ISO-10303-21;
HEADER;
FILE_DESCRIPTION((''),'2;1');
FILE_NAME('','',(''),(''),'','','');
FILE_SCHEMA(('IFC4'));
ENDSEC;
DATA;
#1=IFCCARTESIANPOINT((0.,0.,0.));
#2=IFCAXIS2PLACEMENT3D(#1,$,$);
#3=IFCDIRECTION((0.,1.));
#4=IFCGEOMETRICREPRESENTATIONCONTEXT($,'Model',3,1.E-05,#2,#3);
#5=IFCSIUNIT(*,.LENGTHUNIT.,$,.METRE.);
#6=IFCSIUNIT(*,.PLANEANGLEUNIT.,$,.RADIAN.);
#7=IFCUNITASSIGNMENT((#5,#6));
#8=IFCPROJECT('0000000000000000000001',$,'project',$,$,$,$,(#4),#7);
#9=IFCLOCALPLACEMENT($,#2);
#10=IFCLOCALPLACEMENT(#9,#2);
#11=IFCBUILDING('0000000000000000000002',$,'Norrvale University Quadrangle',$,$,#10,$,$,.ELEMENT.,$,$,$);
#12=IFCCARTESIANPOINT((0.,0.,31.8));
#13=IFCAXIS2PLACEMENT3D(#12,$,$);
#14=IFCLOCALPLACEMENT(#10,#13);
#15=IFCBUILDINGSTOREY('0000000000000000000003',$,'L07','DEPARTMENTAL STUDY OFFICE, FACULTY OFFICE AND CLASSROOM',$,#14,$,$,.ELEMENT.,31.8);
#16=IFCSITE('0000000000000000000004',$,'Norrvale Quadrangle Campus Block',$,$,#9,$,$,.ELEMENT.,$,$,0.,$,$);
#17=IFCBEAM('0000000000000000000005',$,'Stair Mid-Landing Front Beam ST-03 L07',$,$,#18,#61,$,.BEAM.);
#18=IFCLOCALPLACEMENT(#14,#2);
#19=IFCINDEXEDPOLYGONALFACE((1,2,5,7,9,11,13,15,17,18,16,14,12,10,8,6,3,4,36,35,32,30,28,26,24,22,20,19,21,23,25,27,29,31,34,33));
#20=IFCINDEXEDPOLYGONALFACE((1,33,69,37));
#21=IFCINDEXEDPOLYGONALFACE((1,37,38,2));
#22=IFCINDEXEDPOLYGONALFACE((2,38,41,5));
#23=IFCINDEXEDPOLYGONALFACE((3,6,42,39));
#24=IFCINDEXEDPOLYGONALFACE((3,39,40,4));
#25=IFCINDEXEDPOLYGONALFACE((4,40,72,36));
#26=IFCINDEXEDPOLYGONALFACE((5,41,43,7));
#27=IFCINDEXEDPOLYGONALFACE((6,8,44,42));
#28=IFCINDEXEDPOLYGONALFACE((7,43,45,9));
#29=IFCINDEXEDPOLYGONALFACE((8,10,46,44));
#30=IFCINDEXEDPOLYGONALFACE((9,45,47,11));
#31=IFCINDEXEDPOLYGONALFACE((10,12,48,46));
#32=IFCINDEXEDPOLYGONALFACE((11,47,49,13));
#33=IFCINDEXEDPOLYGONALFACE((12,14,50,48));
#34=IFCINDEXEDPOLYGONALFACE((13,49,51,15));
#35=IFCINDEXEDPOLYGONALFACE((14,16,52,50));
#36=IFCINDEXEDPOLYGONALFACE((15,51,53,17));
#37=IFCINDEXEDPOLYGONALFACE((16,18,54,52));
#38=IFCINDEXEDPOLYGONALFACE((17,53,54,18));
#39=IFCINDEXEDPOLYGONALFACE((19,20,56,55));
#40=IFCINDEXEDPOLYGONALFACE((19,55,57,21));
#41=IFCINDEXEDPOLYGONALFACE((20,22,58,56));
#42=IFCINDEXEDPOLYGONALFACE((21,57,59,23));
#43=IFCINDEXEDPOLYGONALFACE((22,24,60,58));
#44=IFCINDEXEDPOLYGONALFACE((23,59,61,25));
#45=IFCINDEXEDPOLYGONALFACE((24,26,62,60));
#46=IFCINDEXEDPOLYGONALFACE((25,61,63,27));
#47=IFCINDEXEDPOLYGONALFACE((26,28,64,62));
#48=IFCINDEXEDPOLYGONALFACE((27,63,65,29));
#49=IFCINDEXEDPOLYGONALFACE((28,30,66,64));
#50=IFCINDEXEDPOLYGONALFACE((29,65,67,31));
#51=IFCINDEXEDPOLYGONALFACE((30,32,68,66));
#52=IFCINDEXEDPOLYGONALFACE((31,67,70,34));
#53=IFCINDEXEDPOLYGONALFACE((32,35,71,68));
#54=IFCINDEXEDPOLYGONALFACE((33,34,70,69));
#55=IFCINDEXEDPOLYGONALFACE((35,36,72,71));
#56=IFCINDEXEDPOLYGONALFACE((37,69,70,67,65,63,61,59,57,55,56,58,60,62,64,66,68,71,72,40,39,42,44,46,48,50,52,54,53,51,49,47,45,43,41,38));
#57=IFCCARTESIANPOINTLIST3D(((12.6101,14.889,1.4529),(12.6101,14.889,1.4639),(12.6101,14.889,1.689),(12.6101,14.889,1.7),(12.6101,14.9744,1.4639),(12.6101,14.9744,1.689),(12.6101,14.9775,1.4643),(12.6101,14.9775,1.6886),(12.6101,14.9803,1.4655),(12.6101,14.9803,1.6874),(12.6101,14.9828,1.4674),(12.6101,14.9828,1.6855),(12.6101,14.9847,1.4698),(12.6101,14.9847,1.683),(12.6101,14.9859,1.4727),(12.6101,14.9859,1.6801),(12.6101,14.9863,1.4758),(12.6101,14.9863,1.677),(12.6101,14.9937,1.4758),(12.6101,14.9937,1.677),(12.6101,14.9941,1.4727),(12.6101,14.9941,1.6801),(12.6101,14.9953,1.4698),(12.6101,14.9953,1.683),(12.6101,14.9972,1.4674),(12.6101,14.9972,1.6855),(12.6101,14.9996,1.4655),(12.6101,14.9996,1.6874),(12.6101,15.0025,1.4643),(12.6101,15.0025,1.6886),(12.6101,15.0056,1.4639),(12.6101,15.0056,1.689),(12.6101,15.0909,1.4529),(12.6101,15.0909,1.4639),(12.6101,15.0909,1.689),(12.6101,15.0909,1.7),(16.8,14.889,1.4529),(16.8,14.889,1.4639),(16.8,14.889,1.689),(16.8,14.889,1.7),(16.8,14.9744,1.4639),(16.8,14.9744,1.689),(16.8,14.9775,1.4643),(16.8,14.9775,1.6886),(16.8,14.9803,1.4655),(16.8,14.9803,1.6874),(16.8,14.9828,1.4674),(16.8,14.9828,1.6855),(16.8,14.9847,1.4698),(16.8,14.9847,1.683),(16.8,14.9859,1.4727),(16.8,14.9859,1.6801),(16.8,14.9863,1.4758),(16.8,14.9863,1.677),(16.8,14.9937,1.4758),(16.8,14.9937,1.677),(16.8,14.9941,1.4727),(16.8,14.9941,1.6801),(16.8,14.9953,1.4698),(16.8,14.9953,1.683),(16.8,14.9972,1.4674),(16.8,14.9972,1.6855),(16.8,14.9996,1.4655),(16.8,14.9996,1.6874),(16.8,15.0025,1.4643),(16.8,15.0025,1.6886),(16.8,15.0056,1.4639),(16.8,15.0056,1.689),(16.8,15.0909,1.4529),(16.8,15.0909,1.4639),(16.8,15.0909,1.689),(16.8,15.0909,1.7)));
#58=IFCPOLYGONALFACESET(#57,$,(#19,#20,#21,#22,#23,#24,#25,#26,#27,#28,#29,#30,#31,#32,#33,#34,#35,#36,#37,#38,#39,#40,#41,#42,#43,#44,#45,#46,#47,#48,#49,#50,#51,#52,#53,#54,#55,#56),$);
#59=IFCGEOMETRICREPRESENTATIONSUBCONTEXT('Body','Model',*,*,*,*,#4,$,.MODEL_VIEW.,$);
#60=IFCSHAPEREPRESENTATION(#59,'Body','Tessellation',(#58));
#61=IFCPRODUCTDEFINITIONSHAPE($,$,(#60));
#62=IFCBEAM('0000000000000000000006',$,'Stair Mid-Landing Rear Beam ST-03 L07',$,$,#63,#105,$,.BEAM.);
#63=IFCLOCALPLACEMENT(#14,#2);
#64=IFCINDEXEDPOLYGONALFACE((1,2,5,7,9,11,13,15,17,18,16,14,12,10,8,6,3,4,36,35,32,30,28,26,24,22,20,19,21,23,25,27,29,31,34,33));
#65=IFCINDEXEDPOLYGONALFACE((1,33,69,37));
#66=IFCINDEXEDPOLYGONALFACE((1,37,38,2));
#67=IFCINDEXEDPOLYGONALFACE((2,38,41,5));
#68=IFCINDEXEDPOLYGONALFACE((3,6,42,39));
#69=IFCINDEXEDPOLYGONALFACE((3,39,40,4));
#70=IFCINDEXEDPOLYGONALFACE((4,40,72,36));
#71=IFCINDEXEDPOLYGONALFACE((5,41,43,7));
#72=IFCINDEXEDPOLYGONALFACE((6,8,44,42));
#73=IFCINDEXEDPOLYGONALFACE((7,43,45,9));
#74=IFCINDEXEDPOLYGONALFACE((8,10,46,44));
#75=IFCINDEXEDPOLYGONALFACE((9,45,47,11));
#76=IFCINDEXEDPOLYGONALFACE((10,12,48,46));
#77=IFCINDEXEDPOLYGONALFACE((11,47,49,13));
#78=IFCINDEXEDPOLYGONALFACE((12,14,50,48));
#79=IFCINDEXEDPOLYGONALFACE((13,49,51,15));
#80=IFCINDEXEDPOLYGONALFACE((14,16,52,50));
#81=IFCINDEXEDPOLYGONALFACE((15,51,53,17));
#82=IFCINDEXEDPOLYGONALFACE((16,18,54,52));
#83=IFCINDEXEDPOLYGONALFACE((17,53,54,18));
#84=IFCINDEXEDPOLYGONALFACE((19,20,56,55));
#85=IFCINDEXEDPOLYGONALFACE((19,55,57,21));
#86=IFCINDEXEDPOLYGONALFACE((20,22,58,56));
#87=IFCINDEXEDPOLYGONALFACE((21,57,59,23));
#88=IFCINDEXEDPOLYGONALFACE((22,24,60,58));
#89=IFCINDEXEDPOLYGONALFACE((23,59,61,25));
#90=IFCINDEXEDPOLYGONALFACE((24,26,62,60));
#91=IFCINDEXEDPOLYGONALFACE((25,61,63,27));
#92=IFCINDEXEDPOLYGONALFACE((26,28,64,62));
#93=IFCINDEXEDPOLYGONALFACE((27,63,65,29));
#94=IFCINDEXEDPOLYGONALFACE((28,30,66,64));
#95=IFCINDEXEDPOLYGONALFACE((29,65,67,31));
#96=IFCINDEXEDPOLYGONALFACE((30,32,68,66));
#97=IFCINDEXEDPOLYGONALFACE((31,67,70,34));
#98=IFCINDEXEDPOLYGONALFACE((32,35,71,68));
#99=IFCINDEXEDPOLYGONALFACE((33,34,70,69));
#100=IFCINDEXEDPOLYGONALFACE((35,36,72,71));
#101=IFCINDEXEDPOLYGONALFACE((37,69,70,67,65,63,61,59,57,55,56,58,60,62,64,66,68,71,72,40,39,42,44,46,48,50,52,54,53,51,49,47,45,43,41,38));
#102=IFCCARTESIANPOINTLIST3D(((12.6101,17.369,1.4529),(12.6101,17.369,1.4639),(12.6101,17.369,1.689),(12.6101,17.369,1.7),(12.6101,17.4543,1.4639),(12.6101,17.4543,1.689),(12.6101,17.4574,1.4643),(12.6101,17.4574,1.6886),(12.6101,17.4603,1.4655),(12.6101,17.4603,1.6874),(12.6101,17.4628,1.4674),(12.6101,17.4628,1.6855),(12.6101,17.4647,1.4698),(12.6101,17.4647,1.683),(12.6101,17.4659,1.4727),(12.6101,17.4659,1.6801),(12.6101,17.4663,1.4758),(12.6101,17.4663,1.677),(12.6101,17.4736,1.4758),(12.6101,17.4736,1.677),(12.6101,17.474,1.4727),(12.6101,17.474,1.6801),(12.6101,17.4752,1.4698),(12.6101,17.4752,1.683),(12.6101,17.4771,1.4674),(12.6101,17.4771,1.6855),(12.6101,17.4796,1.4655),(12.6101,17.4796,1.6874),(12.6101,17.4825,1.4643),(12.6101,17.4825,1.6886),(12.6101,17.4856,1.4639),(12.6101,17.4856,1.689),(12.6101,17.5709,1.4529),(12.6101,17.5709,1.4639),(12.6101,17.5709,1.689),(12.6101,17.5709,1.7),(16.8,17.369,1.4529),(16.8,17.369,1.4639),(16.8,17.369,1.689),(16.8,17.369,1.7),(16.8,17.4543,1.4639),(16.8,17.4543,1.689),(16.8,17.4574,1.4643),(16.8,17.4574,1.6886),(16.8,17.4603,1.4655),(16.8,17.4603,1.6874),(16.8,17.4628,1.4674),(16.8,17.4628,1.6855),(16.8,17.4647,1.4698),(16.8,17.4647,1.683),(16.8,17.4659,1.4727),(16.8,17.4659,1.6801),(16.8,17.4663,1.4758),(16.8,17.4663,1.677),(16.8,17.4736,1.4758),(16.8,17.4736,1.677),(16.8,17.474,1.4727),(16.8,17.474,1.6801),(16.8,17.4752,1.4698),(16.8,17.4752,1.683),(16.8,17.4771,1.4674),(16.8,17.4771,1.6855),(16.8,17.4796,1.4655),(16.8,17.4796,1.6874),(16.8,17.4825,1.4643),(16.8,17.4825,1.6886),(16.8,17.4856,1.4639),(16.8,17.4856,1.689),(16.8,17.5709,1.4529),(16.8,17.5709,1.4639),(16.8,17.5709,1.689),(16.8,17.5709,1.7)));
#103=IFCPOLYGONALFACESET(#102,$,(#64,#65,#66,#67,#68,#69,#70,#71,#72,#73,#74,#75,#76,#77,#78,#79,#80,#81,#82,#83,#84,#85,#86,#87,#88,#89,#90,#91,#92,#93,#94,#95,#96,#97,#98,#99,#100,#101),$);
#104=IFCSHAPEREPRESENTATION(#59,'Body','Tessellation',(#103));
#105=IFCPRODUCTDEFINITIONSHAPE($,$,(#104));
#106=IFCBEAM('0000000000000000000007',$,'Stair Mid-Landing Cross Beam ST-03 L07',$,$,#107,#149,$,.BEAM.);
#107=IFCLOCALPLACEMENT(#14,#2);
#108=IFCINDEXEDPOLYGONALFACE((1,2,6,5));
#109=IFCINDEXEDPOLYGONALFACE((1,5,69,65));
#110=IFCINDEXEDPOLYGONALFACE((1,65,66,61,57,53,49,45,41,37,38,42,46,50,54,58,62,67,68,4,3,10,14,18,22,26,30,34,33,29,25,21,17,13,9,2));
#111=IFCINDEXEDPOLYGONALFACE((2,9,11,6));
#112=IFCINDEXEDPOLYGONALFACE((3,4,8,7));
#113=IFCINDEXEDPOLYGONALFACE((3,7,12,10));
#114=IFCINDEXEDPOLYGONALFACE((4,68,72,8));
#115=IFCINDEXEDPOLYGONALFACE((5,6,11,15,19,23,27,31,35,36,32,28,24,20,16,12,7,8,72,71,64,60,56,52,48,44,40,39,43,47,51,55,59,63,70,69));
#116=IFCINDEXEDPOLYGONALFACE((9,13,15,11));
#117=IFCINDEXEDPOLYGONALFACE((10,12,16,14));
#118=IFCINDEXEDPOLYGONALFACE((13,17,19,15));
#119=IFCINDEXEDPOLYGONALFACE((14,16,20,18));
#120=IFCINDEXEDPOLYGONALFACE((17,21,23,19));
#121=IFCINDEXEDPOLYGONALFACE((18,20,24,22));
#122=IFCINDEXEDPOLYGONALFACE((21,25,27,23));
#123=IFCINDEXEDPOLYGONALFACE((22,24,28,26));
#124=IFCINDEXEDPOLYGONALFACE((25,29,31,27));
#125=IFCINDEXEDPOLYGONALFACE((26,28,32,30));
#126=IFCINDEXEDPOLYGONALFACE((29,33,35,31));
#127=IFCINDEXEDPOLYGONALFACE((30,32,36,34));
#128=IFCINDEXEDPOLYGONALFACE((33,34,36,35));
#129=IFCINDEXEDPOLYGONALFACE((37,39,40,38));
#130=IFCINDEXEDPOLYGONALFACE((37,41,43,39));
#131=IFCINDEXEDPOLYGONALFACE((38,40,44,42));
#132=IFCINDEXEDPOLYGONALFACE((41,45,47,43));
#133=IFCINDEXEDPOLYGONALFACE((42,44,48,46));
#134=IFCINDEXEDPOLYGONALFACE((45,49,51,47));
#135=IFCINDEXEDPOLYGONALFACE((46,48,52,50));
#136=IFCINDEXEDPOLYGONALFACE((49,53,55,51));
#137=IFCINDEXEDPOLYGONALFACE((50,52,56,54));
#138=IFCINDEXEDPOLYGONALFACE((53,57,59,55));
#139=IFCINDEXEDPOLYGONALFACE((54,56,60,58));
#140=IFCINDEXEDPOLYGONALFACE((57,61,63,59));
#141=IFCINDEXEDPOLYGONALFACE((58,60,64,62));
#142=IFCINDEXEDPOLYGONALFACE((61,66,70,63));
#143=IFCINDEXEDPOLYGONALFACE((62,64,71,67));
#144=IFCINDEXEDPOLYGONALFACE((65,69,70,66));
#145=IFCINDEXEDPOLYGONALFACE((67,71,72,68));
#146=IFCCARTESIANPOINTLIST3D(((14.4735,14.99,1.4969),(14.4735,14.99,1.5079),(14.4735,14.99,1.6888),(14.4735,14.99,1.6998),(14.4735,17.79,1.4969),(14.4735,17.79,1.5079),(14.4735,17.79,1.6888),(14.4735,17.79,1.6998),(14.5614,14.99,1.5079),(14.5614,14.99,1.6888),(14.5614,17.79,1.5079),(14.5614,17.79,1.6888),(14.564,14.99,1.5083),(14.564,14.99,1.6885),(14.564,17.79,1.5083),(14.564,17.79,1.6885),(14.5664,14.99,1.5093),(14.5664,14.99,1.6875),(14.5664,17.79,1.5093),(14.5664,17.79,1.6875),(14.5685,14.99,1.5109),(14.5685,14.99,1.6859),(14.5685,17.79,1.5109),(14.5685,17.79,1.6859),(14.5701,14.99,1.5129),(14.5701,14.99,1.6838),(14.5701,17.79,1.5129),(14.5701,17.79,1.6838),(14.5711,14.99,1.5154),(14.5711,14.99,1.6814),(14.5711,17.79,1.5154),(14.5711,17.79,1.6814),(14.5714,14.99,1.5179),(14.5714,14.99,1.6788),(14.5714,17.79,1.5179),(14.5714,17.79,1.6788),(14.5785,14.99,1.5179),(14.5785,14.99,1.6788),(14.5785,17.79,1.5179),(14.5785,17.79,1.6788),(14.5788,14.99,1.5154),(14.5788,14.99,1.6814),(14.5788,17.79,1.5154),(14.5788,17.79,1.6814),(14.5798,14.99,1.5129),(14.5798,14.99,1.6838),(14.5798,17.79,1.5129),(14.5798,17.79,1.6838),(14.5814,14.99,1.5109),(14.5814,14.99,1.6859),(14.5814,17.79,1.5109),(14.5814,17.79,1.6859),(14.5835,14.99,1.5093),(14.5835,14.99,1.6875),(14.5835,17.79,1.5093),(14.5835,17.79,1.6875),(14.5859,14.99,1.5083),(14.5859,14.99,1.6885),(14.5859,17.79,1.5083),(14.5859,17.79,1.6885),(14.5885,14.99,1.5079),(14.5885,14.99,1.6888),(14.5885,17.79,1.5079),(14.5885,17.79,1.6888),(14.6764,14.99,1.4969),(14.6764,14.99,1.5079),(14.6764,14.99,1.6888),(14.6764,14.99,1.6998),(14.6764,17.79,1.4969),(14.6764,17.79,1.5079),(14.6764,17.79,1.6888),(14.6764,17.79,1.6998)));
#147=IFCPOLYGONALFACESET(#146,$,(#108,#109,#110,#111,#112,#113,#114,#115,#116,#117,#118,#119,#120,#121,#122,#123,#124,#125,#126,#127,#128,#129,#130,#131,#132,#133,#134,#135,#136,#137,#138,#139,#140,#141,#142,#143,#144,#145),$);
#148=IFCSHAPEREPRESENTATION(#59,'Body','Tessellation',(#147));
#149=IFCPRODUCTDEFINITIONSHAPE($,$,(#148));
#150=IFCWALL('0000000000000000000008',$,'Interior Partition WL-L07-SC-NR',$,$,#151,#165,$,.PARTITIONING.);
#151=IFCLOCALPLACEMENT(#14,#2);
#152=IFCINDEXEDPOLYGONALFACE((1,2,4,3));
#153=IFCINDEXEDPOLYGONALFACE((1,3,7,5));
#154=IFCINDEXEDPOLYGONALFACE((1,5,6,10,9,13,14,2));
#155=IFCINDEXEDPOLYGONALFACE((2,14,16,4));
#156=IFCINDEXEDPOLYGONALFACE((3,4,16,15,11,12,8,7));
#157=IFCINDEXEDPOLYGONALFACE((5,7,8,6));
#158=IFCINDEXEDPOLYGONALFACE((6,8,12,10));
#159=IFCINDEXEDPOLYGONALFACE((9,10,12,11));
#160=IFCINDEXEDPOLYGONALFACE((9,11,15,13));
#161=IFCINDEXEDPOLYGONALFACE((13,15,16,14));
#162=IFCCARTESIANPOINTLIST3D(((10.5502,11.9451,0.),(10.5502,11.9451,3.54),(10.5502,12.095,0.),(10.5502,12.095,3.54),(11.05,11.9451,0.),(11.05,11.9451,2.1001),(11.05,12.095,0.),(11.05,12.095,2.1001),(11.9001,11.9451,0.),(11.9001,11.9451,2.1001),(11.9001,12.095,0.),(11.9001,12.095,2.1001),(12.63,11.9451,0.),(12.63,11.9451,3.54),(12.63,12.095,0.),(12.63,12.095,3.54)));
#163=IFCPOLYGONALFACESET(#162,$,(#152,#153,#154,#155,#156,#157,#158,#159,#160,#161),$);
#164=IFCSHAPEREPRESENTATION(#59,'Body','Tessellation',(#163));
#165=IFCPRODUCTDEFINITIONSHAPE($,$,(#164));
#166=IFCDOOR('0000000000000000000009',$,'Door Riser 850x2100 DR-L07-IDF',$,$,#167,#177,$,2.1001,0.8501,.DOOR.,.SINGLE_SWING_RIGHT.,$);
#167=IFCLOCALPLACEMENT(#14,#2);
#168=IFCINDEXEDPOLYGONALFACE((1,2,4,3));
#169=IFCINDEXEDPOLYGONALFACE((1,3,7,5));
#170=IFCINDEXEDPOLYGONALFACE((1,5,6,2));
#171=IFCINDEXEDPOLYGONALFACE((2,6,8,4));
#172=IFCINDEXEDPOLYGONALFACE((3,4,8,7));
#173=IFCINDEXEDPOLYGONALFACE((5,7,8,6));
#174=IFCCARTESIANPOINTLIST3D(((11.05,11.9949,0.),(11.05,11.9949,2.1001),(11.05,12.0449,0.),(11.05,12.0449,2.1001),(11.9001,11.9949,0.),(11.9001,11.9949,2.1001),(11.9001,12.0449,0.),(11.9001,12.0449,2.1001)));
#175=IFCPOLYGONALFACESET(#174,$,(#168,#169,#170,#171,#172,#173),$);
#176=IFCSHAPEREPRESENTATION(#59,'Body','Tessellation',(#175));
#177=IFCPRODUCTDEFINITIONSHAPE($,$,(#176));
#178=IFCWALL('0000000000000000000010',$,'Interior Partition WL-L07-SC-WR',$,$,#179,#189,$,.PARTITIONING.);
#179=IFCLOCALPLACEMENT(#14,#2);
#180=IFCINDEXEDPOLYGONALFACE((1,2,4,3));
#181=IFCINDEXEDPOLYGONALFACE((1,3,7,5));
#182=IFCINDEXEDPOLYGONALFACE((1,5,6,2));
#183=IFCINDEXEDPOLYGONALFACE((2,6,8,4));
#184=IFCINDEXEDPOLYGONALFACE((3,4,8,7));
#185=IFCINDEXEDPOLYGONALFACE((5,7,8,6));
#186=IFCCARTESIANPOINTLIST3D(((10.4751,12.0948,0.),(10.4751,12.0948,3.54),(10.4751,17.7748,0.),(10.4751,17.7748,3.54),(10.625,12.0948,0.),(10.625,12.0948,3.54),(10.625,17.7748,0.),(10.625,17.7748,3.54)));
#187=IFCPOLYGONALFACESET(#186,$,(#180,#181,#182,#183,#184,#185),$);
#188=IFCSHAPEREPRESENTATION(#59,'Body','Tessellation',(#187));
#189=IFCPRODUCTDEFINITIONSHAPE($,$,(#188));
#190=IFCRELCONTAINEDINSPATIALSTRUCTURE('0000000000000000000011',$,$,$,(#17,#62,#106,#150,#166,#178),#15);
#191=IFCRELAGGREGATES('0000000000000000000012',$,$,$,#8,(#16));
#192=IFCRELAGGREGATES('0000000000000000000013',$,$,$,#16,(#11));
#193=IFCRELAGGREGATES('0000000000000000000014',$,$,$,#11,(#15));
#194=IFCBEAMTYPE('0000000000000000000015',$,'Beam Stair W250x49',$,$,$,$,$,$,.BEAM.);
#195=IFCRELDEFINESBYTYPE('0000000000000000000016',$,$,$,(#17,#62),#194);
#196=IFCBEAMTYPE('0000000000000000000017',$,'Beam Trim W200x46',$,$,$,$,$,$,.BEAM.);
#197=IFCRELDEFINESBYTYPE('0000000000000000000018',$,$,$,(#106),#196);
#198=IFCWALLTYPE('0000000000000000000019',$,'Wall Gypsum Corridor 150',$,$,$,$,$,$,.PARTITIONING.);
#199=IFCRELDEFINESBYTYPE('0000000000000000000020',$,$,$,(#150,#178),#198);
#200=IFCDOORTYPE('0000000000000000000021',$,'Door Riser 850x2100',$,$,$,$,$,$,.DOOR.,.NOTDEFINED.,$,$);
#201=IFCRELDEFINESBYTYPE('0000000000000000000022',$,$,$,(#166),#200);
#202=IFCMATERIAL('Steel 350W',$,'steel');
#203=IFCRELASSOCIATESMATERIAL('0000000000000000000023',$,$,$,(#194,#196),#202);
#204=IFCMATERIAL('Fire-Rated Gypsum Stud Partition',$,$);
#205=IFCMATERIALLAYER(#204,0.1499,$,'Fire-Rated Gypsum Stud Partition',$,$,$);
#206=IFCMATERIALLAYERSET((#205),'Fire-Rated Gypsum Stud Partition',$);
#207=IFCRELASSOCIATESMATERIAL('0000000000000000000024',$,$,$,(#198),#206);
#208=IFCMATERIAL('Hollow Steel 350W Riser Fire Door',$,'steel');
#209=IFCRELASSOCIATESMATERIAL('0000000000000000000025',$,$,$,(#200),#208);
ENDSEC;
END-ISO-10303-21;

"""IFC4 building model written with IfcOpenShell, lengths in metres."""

from ifc_helpers import new_model, si_unit, direction, frame, frame_2d, origin, origin_2d, place, context, subcontext, project, spatial, rectangle, i_section, extrude, material, layer, layer_set, material_profile, profile_set, type_object, element, fill, save


model = new_model("IFC4")

# Units and contexts
model_context = context("Model", 3, precision=1e-05, world=origin(), true_north=direction((0.0, 1.0)))
body_context = subcontext(model_context, "Body", "Model", "MODEL_VIEW")
ifc_project = project(units=[si_unit("LENGTHUNIT", "METRE"), si_unit("PLANEANGLEUNIT", "RADIAN")], contexts=[model_context])

# Site, building, storey
site_placement = place(None, origin())
site = spatial("IfcSite", under=ifc_project, at=site_placement, Name="Norrvale Quadrangle Campus Block", CompositionType="ELEMENT", RefElevation=0.0)
building_placement = place(site_placement, origin())
building = spatial("IfcBuilding", under=site, at=building_placement, Name="Norrvale University Quadrangle", CompositionType="ELEMENT")
storey_placement = place(building_placement, frame((0.0, 0.0, 31.8)))
storey = spatial("IfcBuildingStorey", under=building, at=storey_placement, Name="L07", Description="DEPARTMENTAL STUDY OFFICE, FACULTY OFFICE AND CLASSROOM", CompositionType="ELEMENT", Elevation=31.8)

# Beams
ifc_material_1 = material(Name="Steel 350W", Category="steel")
ifc_material_profile_1 = material_profile(ifc_material_1, i_section(OverallWidth=0.2019, OverallDepth=0.2471, WebThickness=0.0073, FlangeThickness=0.011, FilletRadius=0.012, at=origin_2d()), Name="Steel 350W")
ifc_profile_set_1 = profile_set([ifc_material_profile_1], Name="Steel 350W")
beam_type_1 = type_object("IfcBeamType", Name="Beam Stair W250x49", PredefinedType="BEAM", material=ifc_profile_set_1)
for number, where, z_axis, x_axis, name in (
    (1, (12.6101, 14.99, 1.5764), (1.0, 0.0, 0.0), (0.0, 1.0, 0.0), "Stair Mid-Landing Front Beam ST-03 L07"),
    (2, (12.6101, 17.47, 1.5764), (1.0, 0.0, 0.0), (0.0, 1.0, 0.0), "Stair Mid-Landing Rear Beam ST-03 L07"),
):
    element("IfcBeam", number, at=place(storey_placement, frame(where, z_axis=z_axis, x_axis=x_axis)), inside=storey, type_object=beam_type_1, Name=name, PredefinedType="BEAM", context=body_context, shape_type="SweptSolid", body=[
        extrude(i_section(OverallWidth=0.2019, OverallDepth=0.2471, WebThickness=0.0073, FlangeThickness=0.011, FilletRadius=0.012, at=origin_2d()), origin(), (0.0, 0.0, 1.0), 4.1899),
    ])
ifc_material_profile_2 = material_profile(ifc_material_1, i_section(OverallWidth=0.2029, OverallDepth=0.2029, WebThickness=0.0071, FlangeThickness=0.011, FilletRadius=0.01, at=origin_2d()), Name="Steel 350W")
ifc_profile_set_2 = profile_set([ifc_material_profile_2], Name="Steel 350W")
beam_type_2 = type_object("IfcBeamType", Name="Beam Trim W200x46", PredefinedType="BEAM", material=ifc_profile_set_2)
beam_placement = place(storey_placement, frame((14.575, 14.99, 1.5984), z_axis=(0.0, 1.0, 0.0), x_axis=(-1.0, 0.0, 0.0)))
element("IfcBeam", 3, at=beam_placement, inside=storey, type_object=beam_type_2, Name="Stair Mid-Landing Cross Beam ST-03 L07", PredefinedType="BEAM", context=body_context, shape_type="SweptSolid", body=[
    extrude(i_section(OverallWidth=0.2029, OverallDepth=0.2029, WebThickness=0.0071, FlangeThickness=0.011, FilletRadius=0.01, at=origin_2d()), origin(), (0.0, 0.0, 1.0), 2.8),
])

# Wall, opening, door
ifc_material_2 = material(Name="Fire-Rated Gypsum Stud Partition")
ifc_layer_1 = layer(ifc_material_2, 0.1499, Name="Fire-Rated Gypsum Stud Partition")
ifc_layer_set_1 = layer_set([ifc_layer_1], Name="Fire-Rated Gypsum Stud Partition")
wall_type_1 = type_object("IfcWallType", Name="Wall Gypsum Corridor 150", PredefinedType="PARTITIONING", material=ifc_layer_set_1)
wall_1_placement = place(storey_placement, frame((10.55, 12.02, 0.0), z_axis=(0.0, 0.0, 1.0), x_axis=(1.0, 0.0, 0.0)))
wall_1 = element("IfcWall", 4, at=wall_1_placement, inside=storey, type_object=wall_type_1, Name="Interior Partition WL-L07-SC-NR", PredefinedType="PARTITIONING", context=body_context, shape_type="SweptSolid", body=[
    extrude(rectangle(XDim=2.0798, YDim=0.1499, at=frame_2d((1.04, 0.0))), origin(), (0.0, 0.0, 1.0), 3.54),
])
opening_1_placement = place(wall_1_placement, frame((0.5, 0.0, 0.0)))
opening_1 = element("IfcOpeningElement", 5, at=opening_1_placement, cuts=wall_1, PredefinedType="OPENING", context=body_context, shape_type="SweptSolid", body=[
    extrude(rectangle(XDim=0.8501, YDim=2.1001, at=frame_2d((0.425, 1.05))), frame((0.0, 0.0869, 0.0), z_axis=(0.0, -1.0, 0.0), x_axis=(1.0, 0.0, 0.0)), (0.0, 0.0, 1.0), 0.1738),
])
ifc_material_3 = material(Name="Hollow Steel 350W Riser Fire Door", Category="steel")
door_type_1 = type_object("IfcDoorType", Name="Door Riser 850x2100", OperationType="NOTDEFINED", PredefinedType="DOOR", material=ifc_material_3)
door_1_placement = place(opening_1_placement, origin())
door_1 = element("IfcDoor", 6, at=door_1_placement, inside=storey, type_object=door_type_1, Name="Door Riser 850x2100 DR-L07-IDF", OperationType="SINGLE_SWING_RIGHT", OverallHeight=2.1001, OverallWidth=0.8501, PredefinedType="DOOR", context=body_context, shape_type="SweptSolid", body=[
    extrude(rectangle(XDim=0.8501, YDim=2.1001, at=frame_2d((0.425, 1.05))), frame((0.0, 0.0249, 0.0), z_axis=(0.0, -1.0, 0.0), x_axis=(1.0, 0.0, 0.0)), (0.0, 0.0, 1.0), 0.05),
])
fill(opening_1, door_1)

# Wall
wall_2_placement = place(storey_placement, frame((10.55, 12.095, 0.0), z_axis=(0.0, 0.0, 1.0), x_axis=(0.0, 1.0, 0.0)))
element("IfcWall", 7, at=wall_2_placement, inside=storey, type_object=wall_type_1, Name="Interior Partition WL-L07-SC-WR", PredefinedType="PARTITIONING", context=body_context, shape_type="SweptSolid", body=[
    extrude(rectangle(XDim=5.6799, YDim=0.1499, at=frame_2d((2.8398, 0.0))), origin(), (0.0, 0.0, 1.0), 3.54),
])

save(model, "model.ifc")
